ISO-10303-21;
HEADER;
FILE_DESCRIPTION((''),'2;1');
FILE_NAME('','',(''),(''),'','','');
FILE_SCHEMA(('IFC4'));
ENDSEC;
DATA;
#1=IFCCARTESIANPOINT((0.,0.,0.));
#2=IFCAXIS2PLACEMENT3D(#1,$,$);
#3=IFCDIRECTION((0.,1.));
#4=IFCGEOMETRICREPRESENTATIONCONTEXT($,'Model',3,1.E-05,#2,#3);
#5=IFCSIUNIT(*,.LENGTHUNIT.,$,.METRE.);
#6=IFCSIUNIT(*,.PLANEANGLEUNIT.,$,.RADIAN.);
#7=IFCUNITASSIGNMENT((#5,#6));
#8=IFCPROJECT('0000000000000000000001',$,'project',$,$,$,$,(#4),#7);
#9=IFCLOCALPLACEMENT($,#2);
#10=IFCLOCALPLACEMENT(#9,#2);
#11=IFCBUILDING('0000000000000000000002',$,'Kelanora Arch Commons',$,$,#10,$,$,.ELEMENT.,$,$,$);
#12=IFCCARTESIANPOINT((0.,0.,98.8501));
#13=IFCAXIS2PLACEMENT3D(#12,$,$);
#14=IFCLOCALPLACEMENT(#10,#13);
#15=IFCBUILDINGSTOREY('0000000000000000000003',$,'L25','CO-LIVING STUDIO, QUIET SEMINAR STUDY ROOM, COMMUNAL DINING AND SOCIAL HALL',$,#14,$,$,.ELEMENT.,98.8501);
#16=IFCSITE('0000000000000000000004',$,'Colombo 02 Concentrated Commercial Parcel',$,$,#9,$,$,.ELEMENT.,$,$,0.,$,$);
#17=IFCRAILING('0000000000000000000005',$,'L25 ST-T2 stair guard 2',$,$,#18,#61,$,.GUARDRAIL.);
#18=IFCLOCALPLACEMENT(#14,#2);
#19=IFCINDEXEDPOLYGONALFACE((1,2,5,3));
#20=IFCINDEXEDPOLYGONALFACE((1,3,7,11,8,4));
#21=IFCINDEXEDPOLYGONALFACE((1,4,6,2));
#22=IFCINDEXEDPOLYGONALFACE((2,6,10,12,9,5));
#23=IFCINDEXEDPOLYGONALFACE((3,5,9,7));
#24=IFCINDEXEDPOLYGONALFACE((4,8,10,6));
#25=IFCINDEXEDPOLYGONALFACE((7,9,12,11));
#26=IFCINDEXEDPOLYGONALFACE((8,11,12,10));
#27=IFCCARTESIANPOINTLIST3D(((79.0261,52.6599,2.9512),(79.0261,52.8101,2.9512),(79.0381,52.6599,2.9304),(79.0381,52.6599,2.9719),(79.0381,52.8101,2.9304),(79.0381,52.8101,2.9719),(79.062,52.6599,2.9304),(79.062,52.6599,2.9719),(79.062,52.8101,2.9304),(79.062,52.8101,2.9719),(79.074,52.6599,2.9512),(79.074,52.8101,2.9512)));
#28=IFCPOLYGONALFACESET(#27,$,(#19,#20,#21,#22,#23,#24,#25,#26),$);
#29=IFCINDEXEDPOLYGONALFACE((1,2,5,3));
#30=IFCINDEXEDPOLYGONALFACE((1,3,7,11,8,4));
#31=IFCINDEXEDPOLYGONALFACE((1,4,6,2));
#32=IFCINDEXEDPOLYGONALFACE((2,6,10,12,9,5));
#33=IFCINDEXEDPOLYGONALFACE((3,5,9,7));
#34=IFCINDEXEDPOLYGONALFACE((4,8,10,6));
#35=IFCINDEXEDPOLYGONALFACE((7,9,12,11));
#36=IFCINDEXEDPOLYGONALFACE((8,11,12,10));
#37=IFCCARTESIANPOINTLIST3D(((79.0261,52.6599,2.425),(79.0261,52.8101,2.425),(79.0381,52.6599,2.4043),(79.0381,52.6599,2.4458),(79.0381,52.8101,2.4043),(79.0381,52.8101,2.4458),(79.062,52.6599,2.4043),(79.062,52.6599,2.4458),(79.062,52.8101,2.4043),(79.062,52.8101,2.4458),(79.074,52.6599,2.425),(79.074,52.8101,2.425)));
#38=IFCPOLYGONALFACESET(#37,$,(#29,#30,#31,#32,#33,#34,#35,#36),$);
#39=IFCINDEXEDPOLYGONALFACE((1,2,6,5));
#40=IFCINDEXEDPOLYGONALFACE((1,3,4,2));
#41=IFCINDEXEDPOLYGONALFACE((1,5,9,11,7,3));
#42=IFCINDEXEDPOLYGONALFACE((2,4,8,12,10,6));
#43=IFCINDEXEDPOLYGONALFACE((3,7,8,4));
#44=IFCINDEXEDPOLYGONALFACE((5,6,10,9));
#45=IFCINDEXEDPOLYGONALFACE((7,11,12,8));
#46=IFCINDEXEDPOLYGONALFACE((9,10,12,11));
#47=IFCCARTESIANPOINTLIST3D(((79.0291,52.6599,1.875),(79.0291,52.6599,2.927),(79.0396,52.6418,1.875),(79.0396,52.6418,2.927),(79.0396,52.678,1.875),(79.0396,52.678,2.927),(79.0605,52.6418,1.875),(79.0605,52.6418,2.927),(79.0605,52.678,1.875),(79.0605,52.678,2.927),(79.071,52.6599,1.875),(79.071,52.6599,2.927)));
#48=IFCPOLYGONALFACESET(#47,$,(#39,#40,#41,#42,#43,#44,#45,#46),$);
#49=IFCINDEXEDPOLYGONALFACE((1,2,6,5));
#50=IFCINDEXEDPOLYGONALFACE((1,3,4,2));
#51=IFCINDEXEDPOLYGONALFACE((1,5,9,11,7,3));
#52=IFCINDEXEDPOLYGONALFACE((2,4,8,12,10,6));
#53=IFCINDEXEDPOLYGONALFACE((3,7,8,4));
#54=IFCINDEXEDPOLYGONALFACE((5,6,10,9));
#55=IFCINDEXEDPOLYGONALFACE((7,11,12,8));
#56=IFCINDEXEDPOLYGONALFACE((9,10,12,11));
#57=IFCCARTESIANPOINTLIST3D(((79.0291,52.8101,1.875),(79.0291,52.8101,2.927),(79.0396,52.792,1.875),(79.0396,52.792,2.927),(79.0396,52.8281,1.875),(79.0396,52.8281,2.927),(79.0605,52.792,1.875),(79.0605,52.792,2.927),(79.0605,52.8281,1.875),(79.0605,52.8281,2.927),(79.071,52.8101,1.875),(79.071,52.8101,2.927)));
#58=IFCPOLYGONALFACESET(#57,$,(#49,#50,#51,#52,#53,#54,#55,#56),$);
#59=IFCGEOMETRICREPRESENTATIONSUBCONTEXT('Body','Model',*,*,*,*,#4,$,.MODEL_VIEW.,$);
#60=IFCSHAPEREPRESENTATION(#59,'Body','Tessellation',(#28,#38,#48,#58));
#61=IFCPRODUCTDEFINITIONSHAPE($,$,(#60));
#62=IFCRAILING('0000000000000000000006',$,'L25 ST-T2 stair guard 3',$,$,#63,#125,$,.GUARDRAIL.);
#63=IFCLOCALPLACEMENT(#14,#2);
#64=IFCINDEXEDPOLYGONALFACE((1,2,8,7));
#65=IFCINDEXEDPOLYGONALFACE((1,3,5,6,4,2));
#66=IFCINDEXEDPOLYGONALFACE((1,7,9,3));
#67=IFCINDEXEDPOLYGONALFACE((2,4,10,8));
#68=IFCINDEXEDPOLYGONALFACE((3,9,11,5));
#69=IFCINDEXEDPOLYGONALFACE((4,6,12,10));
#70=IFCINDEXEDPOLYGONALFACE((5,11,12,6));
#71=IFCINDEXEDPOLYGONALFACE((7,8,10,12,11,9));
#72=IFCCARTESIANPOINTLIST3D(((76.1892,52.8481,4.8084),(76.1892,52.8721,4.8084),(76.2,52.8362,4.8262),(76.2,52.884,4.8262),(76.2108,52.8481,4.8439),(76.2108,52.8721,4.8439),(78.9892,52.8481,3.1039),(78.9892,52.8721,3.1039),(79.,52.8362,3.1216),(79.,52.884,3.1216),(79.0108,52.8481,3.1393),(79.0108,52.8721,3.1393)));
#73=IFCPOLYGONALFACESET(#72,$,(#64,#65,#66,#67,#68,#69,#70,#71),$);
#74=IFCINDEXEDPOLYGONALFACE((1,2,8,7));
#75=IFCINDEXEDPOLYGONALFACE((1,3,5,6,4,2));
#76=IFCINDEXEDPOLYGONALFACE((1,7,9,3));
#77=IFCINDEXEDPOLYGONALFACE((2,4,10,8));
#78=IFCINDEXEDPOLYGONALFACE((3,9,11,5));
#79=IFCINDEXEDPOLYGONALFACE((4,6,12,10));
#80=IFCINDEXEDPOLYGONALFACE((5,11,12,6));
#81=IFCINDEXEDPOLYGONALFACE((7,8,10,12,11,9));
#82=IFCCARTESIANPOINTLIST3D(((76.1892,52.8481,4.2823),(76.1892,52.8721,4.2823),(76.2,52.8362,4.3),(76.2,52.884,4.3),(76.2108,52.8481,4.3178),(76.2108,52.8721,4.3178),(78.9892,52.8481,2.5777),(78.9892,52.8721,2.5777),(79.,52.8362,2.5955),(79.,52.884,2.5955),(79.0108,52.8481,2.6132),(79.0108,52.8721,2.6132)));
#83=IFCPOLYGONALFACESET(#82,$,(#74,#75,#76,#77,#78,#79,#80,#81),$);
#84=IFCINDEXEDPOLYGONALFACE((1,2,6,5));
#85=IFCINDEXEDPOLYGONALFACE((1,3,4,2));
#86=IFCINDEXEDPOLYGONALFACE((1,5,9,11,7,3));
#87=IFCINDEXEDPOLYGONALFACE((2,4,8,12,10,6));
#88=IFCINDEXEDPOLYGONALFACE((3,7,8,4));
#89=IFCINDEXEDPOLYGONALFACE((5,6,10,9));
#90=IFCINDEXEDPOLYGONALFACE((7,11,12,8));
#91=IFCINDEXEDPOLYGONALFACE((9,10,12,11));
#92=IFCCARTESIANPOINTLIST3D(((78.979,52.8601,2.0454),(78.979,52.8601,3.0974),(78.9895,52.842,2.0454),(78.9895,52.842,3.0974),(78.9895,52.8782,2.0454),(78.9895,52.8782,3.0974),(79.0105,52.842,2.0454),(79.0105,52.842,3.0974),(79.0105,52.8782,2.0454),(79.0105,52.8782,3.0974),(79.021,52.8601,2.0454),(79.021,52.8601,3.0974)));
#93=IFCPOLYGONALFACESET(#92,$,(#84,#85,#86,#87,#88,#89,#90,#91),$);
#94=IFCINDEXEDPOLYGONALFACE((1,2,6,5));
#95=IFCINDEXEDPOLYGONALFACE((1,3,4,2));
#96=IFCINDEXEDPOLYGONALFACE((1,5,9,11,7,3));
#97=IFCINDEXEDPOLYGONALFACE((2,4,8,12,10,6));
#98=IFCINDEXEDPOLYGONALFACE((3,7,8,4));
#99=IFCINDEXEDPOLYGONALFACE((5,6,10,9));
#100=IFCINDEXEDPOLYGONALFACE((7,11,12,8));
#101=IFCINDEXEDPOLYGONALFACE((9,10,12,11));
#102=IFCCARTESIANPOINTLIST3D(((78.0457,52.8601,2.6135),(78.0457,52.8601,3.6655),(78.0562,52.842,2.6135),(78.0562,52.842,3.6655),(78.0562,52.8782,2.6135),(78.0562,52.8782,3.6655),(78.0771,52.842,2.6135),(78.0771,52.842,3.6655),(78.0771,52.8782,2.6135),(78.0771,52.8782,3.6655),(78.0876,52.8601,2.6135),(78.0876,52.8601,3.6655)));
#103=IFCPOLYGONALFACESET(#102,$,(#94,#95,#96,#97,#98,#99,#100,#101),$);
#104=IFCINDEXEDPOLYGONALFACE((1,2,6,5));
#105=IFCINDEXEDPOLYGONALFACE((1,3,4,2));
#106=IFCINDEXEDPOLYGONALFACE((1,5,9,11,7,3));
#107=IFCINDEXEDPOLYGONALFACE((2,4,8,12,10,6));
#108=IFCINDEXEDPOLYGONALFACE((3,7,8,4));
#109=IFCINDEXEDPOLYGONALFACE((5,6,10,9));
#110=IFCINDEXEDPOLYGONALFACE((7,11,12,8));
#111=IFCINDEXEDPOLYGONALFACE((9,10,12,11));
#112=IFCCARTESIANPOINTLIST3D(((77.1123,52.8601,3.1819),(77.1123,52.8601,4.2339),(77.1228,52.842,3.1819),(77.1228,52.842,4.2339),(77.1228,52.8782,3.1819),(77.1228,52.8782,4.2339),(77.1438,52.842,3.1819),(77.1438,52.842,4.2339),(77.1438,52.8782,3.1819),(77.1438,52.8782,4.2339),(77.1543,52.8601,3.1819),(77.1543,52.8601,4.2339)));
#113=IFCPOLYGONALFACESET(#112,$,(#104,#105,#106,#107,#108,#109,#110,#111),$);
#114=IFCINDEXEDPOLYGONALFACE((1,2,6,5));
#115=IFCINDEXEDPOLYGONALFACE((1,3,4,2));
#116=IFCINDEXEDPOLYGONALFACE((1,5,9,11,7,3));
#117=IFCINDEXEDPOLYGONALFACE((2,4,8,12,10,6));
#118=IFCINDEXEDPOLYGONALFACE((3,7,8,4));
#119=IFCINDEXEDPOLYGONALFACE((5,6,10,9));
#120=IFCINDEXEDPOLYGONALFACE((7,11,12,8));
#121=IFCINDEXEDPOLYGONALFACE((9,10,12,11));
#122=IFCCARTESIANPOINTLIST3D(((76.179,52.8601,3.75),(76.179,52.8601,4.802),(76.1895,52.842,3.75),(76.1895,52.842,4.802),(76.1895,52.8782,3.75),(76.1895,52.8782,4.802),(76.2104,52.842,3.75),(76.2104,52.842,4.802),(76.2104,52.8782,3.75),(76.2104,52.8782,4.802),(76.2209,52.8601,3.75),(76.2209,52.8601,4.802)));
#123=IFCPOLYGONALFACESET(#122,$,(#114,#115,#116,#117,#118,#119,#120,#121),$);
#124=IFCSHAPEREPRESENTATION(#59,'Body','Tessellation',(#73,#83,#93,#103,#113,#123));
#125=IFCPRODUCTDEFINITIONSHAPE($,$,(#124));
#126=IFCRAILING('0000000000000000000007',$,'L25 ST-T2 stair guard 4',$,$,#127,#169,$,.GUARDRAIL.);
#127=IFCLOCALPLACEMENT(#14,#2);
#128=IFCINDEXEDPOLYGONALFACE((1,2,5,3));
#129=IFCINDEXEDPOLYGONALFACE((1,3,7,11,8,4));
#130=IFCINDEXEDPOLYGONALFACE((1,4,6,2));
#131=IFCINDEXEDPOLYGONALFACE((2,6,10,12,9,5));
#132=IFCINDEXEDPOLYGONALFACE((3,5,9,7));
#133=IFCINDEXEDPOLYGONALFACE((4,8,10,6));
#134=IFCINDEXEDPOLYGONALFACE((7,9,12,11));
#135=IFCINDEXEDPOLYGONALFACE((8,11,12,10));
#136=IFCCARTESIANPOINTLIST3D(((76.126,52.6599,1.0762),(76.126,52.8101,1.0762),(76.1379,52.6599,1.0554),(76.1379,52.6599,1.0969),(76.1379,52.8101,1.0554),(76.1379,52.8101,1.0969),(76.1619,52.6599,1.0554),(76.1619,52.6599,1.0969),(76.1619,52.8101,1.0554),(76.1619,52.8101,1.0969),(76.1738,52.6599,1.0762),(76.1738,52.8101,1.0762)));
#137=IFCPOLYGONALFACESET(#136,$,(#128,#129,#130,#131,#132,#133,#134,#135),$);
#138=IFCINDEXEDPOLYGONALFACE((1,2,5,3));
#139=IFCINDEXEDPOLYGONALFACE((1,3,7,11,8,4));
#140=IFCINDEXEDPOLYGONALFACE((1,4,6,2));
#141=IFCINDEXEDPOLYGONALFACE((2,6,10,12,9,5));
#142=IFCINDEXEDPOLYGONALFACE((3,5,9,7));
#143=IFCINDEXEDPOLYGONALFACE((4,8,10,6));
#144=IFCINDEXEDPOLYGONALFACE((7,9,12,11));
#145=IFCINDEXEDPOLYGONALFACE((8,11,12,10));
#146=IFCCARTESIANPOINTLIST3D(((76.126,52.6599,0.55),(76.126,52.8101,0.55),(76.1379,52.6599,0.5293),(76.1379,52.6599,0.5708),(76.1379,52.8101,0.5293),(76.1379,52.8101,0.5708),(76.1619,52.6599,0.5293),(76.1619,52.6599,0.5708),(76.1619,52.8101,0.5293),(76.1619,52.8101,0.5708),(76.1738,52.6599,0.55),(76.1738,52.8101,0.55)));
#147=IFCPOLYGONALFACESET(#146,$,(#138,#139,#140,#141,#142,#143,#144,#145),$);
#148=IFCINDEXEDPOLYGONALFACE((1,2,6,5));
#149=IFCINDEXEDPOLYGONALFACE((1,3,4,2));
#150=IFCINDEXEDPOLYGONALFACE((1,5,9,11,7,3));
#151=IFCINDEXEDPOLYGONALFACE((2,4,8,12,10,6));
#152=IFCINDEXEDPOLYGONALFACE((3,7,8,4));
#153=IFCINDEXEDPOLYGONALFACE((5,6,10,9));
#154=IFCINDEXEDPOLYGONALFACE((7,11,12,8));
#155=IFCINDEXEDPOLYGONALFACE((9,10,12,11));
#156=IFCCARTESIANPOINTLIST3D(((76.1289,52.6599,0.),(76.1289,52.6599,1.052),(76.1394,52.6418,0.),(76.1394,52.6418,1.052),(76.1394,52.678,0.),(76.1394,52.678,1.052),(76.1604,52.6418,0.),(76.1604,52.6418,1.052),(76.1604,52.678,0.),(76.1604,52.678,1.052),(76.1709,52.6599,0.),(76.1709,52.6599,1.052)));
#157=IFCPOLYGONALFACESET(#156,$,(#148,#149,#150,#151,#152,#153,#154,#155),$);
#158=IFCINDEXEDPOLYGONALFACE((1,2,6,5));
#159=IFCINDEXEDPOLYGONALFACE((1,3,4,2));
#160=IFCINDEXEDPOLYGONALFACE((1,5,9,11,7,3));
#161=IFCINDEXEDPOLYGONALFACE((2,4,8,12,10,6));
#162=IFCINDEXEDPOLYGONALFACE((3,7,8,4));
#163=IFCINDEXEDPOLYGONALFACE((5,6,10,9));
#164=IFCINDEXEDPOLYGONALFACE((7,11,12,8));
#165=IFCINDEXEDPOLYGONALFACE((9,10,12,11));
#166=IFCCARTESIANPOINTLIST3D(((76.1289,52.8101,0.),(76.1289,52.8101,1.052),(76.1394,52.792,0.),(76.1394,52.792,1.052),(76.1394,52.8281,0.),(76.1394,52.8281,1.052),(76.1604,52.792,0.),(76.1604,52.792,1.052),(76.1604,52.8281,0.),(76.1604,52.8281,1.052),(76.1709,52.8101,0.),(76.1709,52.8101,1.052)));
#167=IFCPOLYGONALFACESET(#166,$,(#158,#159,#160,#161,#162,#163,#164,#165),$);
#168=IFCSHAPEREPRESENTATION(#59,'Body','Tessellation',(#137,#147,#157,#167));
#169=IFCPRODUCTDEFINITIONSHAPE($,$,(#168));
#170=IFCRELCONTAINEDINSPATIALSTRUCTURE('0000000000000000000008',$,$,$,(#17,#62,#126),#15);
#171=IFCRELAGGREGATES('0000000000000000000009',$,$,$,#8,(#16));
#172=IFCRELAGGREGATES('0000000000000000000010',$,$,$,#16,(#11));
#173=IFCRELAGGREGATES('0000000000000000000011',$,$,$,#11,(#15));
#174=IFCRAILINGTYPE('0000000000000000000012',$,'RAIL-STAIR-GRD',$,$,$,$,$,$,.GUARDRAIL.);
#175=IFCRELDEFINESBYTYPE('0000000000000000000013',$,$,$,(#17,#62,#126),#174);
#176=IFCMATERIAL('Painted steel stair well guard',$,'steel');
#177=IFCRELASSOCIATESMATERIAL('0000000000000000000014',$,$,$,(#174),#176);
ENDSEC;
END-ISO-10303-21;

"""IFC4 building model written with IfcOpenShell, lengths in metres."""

from ifc_helpers import new_model, si_unit, direction, frame, origin, place, context, subcontext, project, spatial, polyline, outline, extrude, material, type_object, element, save


model = new_model("IFC4")

# Units and contexts
model_context = context("Model", 3, precision=1e-05, world=origin(), true_north=direction((0.0, 1.0)))
body_context = subcontext(model_context, "Body", "Model", "MODEL_VIEW")
ifc_project = project(units=[si_unit("LENGTHUNIT", "METRE"), si_unit("PLANEANGLEUNIT", "RADIAN")], contexts=[model_context])

# Site, building, storey
site_placement = place(None, origin())
site = spatial("IfcSite", under=ifc_project, at=site_placement, Name="Colombo 02 Concentrated Commercial Parcel", CompositionType="ELEMENT", RefElevation=0.0)
building_placement = place(site_placement, origin())
building = spatial("IfcBuilding", under=site, at=building_placement, Name="Kelanora Arch Commons", CompositionType="ELEMENT")
storey_placement = place(building_placement, frame((0.0, 0.0, 98.8501)))
storey = spatial("IfcBuildingStorey", under=building, at=storey_placement, Name="L25", Description="CO-LIVING STUDIO, QUIET SEMINAR STUDY ROOM, COMMUNAL DINING AND SOCIAL HALL", CompositionType="ELEMENT", Elevation=98.8501)

# Railings
ifc_material_1 = material(Name="Painted steel stair well guard", Category="steel")
railing_type_1 = type_object("IfcRailingType", Name="RAIL-STAIR-GRD", PredefinedType="GUARDRAIL", material=ifc_material_1)
railing_1_placement = place(storey_placement, frame((79.05, 52.6599, 1.875)))
element("IfcRailing", 1, at=railing_1_placement, inside=storey, type_object=railing_type_1, Name="L25 ST-T2 stair guard 2", PredefinedType="GUARDRAIL", context=body_context, shape_type="SweptSolid", body=[
    extrude(outline(polyline([(0.0239, 0.0), (0.012, 0.0208), (-0.012, 0.0208), (-0.0239, 0.0), (-0.012, -0.0208), (0.012, -0.0208), (0.0239, 0.0)])), frame((0.0, 0.0, 1.0762), z_axis=(0.0, 1.0, 0.0), x_axis=(-1.0, 0.0, 0.0)), (0.0, 0.0, 1.0), 0.1501),
    extrude(outline(polyline([(0.0239, 0.0), (0.012, 0.0208), (-0.012, 0.0208), (-0.0239, 0.0), (-0.012, -0.0208), (0.012, -0.0208), (0.0239, 0.0)])), frame((0.0, 0.0, 0.55), z_axis=(0.0, 1.0, 0.0), x_axis=(-1.0, 0.0, 0.0)), (0.0, 0.0, 1.0), 0.1501),
    extrude(outline(polyline([(0.021, 0.0), (0.0105, 0.0181), (-0.0105, 0.0181), (-0.021, 0.0), (-0.0105, -0.0181), (0.0105, -0.0181), (0.021, 0.0)])), origin(), (0.0, 0.0, 1.0), 1.052),
    extrude(outline(polyline([(0.021, 0.0), (0.0105, 0.0181), (-0.0105, 0.0181), (-0.021, 0.0), (-0.0105, -0.0181), (0.0105, -0.0181), (0.021, 0.0)])), frame((0.0, 0.1501, 0.0)), (0.0, 0.0, 1.0), 1.052),
])
railing_2_placement = place(storey_placement, frame((79.0, 52.8601, 2.0454)))
element("IfcRailing", 2, at=railing_2_placement, inside=storey, type_object=railing_type_1, Name="L25 ST-T2 stair guard 3", PredefinedType="GUARDRAIL", context=body_context, shape_type="SweptSolid", body=[
    extrude(outline(polyline([(0.0239, 0.0), (0.012, 0.0208), (-0.012, 0.0208), (-0.0239, 0.0), (-0.012, -0.0208), (0.012, -0.0208), (0.0239, 0.0)])), frame((0.0, 0.0, 1.0762), z_axis=(-0.85417, 0.0, 0.519994), x_axis=(0.0, -1.0, 0.0)), (0.0, 0.0, 1.0), 3.2781),
    extrude(outline(polyline([(0.0239, 0.0), (0.012, 0.0208), (-0.012, 0.0208), (-0.0239, 0.0), (-0.012, -0.0208), (0.012, -0.0208), (0.0239, 0.0)])), frame((0.0, 0.0, 0.55), z_axis=(-0.85417, 0.0, 0.519994), x_axis=(0.0, -1.0, 0.0)), (0.0, 0.0, 1.0), 3.2781),
    extrude(outline(polyline([(0.021, 0.0), (0.0105, 0.0181), (-0.0105, 0.0181), (-0.021, 0.0), (-0.0105, -0.0181), (0.0105, -0.0181), (0.021, 0.0)])), origin(), (0.0, 0.0, 1.0), 1.052),
    extrude(outline(polyline([(0.021, 0.0), (0.0105, 0.0181), (-0.0105, 0.0181), (-0.021, 0.0), (-0.0105, -0.0181), (0.0105, -0.0181), (0.021, 0.0)])), frame((-0.9333, 0.0, 0.5681)), (0.0, 0.0, 1.0), 1.052),
    extrude(outline(polyline([(0.021, 0.0), (0.0105, 0.0181), (-0.0105, 0.0181), (-0.021, 0.0), (-0.0105, -0.0181), (0.0105, -0.0181), (0.021, 0.0)])), frame((-1.8667, 0.0, 1.1365)), (0.0, 0.0, 1.0), 1.052),
    extrude(outline(polyline([(0.021, 0.0), (0.0105, 0.0181), (-0.0105, 0.0181), (-0.021, 0.0), (-0.0105, -0.0181), (0.0105, -0.0181), (0.021, 0.0)])), frame((-2.8, 0.0, 1.7046)), (0.0, 0.0, 1.0), 1.052),
])
railing_3_placement = place(storey_placement, frame((76.1499, 52.6599, 0.0)))
element("IfcRailing", 3, at=railing_3_placement, inside=storey, type_object=railing_type_1, Name="L25 ST-T2 stair guard 4", PredefinedType="GUARDRAIL", context=body_context, shape_type="SweptSolid", body=[
    extrude(outline(polyline([(0.0239, 0.0), (0.012, 0.0208), (-0.012, 0.0208), (-0.0239, 0.0), (-0.012, -0.0208), (0.012, -0.0208), (0.0239, 0.0)])), frame((0.0, 0.0, 1.0762), z_axis=(0.0, 1.0, 0.0), x_axis=(-1.0, 0.0, 0.0)), (0.0, 0.0, 1.0), 0.1501),
    extrude(outline(polyline([(0.0239, 0.0), (0.012, 0.0208), (-0.012, 0.0208), (-0.0239, 0.0), (-0.012, -0.0208), (0.012, -0.0208), (0.0239, 0.0)])), frame((0.0, 0.0, 0.55), z_axis=(0.0, 1.0, 0.0), x_axis=(-1.0, 0.0, 0.0)), (0.0, 0.0, 1.0), 0.1501),
    extrude(outline(polyline([(0.021, 0.0), (0.0105, 0.0181), (-0.0105, 0.0181), (-0.021, 0.0), (-0.0105, -0.0181), (0.0105, -0.0181), (0.021, 0.0)])), origin(), (0.0, 0.0, 1.0), 1.052),
    extrude(outline(polyline([(0.021, 0.0), (0.0105, 0.0181), (-0.0105, 0.0181), (-0.021, 0.0), (-0.0105, -0.0181), (0.0105, -0.0181), (0.021, 0.0)])), frame((0.0, 0.1501, 0.0)), (0.0, 0.0, 1.0), 1.052),
])

save(model, "model.ifc")
